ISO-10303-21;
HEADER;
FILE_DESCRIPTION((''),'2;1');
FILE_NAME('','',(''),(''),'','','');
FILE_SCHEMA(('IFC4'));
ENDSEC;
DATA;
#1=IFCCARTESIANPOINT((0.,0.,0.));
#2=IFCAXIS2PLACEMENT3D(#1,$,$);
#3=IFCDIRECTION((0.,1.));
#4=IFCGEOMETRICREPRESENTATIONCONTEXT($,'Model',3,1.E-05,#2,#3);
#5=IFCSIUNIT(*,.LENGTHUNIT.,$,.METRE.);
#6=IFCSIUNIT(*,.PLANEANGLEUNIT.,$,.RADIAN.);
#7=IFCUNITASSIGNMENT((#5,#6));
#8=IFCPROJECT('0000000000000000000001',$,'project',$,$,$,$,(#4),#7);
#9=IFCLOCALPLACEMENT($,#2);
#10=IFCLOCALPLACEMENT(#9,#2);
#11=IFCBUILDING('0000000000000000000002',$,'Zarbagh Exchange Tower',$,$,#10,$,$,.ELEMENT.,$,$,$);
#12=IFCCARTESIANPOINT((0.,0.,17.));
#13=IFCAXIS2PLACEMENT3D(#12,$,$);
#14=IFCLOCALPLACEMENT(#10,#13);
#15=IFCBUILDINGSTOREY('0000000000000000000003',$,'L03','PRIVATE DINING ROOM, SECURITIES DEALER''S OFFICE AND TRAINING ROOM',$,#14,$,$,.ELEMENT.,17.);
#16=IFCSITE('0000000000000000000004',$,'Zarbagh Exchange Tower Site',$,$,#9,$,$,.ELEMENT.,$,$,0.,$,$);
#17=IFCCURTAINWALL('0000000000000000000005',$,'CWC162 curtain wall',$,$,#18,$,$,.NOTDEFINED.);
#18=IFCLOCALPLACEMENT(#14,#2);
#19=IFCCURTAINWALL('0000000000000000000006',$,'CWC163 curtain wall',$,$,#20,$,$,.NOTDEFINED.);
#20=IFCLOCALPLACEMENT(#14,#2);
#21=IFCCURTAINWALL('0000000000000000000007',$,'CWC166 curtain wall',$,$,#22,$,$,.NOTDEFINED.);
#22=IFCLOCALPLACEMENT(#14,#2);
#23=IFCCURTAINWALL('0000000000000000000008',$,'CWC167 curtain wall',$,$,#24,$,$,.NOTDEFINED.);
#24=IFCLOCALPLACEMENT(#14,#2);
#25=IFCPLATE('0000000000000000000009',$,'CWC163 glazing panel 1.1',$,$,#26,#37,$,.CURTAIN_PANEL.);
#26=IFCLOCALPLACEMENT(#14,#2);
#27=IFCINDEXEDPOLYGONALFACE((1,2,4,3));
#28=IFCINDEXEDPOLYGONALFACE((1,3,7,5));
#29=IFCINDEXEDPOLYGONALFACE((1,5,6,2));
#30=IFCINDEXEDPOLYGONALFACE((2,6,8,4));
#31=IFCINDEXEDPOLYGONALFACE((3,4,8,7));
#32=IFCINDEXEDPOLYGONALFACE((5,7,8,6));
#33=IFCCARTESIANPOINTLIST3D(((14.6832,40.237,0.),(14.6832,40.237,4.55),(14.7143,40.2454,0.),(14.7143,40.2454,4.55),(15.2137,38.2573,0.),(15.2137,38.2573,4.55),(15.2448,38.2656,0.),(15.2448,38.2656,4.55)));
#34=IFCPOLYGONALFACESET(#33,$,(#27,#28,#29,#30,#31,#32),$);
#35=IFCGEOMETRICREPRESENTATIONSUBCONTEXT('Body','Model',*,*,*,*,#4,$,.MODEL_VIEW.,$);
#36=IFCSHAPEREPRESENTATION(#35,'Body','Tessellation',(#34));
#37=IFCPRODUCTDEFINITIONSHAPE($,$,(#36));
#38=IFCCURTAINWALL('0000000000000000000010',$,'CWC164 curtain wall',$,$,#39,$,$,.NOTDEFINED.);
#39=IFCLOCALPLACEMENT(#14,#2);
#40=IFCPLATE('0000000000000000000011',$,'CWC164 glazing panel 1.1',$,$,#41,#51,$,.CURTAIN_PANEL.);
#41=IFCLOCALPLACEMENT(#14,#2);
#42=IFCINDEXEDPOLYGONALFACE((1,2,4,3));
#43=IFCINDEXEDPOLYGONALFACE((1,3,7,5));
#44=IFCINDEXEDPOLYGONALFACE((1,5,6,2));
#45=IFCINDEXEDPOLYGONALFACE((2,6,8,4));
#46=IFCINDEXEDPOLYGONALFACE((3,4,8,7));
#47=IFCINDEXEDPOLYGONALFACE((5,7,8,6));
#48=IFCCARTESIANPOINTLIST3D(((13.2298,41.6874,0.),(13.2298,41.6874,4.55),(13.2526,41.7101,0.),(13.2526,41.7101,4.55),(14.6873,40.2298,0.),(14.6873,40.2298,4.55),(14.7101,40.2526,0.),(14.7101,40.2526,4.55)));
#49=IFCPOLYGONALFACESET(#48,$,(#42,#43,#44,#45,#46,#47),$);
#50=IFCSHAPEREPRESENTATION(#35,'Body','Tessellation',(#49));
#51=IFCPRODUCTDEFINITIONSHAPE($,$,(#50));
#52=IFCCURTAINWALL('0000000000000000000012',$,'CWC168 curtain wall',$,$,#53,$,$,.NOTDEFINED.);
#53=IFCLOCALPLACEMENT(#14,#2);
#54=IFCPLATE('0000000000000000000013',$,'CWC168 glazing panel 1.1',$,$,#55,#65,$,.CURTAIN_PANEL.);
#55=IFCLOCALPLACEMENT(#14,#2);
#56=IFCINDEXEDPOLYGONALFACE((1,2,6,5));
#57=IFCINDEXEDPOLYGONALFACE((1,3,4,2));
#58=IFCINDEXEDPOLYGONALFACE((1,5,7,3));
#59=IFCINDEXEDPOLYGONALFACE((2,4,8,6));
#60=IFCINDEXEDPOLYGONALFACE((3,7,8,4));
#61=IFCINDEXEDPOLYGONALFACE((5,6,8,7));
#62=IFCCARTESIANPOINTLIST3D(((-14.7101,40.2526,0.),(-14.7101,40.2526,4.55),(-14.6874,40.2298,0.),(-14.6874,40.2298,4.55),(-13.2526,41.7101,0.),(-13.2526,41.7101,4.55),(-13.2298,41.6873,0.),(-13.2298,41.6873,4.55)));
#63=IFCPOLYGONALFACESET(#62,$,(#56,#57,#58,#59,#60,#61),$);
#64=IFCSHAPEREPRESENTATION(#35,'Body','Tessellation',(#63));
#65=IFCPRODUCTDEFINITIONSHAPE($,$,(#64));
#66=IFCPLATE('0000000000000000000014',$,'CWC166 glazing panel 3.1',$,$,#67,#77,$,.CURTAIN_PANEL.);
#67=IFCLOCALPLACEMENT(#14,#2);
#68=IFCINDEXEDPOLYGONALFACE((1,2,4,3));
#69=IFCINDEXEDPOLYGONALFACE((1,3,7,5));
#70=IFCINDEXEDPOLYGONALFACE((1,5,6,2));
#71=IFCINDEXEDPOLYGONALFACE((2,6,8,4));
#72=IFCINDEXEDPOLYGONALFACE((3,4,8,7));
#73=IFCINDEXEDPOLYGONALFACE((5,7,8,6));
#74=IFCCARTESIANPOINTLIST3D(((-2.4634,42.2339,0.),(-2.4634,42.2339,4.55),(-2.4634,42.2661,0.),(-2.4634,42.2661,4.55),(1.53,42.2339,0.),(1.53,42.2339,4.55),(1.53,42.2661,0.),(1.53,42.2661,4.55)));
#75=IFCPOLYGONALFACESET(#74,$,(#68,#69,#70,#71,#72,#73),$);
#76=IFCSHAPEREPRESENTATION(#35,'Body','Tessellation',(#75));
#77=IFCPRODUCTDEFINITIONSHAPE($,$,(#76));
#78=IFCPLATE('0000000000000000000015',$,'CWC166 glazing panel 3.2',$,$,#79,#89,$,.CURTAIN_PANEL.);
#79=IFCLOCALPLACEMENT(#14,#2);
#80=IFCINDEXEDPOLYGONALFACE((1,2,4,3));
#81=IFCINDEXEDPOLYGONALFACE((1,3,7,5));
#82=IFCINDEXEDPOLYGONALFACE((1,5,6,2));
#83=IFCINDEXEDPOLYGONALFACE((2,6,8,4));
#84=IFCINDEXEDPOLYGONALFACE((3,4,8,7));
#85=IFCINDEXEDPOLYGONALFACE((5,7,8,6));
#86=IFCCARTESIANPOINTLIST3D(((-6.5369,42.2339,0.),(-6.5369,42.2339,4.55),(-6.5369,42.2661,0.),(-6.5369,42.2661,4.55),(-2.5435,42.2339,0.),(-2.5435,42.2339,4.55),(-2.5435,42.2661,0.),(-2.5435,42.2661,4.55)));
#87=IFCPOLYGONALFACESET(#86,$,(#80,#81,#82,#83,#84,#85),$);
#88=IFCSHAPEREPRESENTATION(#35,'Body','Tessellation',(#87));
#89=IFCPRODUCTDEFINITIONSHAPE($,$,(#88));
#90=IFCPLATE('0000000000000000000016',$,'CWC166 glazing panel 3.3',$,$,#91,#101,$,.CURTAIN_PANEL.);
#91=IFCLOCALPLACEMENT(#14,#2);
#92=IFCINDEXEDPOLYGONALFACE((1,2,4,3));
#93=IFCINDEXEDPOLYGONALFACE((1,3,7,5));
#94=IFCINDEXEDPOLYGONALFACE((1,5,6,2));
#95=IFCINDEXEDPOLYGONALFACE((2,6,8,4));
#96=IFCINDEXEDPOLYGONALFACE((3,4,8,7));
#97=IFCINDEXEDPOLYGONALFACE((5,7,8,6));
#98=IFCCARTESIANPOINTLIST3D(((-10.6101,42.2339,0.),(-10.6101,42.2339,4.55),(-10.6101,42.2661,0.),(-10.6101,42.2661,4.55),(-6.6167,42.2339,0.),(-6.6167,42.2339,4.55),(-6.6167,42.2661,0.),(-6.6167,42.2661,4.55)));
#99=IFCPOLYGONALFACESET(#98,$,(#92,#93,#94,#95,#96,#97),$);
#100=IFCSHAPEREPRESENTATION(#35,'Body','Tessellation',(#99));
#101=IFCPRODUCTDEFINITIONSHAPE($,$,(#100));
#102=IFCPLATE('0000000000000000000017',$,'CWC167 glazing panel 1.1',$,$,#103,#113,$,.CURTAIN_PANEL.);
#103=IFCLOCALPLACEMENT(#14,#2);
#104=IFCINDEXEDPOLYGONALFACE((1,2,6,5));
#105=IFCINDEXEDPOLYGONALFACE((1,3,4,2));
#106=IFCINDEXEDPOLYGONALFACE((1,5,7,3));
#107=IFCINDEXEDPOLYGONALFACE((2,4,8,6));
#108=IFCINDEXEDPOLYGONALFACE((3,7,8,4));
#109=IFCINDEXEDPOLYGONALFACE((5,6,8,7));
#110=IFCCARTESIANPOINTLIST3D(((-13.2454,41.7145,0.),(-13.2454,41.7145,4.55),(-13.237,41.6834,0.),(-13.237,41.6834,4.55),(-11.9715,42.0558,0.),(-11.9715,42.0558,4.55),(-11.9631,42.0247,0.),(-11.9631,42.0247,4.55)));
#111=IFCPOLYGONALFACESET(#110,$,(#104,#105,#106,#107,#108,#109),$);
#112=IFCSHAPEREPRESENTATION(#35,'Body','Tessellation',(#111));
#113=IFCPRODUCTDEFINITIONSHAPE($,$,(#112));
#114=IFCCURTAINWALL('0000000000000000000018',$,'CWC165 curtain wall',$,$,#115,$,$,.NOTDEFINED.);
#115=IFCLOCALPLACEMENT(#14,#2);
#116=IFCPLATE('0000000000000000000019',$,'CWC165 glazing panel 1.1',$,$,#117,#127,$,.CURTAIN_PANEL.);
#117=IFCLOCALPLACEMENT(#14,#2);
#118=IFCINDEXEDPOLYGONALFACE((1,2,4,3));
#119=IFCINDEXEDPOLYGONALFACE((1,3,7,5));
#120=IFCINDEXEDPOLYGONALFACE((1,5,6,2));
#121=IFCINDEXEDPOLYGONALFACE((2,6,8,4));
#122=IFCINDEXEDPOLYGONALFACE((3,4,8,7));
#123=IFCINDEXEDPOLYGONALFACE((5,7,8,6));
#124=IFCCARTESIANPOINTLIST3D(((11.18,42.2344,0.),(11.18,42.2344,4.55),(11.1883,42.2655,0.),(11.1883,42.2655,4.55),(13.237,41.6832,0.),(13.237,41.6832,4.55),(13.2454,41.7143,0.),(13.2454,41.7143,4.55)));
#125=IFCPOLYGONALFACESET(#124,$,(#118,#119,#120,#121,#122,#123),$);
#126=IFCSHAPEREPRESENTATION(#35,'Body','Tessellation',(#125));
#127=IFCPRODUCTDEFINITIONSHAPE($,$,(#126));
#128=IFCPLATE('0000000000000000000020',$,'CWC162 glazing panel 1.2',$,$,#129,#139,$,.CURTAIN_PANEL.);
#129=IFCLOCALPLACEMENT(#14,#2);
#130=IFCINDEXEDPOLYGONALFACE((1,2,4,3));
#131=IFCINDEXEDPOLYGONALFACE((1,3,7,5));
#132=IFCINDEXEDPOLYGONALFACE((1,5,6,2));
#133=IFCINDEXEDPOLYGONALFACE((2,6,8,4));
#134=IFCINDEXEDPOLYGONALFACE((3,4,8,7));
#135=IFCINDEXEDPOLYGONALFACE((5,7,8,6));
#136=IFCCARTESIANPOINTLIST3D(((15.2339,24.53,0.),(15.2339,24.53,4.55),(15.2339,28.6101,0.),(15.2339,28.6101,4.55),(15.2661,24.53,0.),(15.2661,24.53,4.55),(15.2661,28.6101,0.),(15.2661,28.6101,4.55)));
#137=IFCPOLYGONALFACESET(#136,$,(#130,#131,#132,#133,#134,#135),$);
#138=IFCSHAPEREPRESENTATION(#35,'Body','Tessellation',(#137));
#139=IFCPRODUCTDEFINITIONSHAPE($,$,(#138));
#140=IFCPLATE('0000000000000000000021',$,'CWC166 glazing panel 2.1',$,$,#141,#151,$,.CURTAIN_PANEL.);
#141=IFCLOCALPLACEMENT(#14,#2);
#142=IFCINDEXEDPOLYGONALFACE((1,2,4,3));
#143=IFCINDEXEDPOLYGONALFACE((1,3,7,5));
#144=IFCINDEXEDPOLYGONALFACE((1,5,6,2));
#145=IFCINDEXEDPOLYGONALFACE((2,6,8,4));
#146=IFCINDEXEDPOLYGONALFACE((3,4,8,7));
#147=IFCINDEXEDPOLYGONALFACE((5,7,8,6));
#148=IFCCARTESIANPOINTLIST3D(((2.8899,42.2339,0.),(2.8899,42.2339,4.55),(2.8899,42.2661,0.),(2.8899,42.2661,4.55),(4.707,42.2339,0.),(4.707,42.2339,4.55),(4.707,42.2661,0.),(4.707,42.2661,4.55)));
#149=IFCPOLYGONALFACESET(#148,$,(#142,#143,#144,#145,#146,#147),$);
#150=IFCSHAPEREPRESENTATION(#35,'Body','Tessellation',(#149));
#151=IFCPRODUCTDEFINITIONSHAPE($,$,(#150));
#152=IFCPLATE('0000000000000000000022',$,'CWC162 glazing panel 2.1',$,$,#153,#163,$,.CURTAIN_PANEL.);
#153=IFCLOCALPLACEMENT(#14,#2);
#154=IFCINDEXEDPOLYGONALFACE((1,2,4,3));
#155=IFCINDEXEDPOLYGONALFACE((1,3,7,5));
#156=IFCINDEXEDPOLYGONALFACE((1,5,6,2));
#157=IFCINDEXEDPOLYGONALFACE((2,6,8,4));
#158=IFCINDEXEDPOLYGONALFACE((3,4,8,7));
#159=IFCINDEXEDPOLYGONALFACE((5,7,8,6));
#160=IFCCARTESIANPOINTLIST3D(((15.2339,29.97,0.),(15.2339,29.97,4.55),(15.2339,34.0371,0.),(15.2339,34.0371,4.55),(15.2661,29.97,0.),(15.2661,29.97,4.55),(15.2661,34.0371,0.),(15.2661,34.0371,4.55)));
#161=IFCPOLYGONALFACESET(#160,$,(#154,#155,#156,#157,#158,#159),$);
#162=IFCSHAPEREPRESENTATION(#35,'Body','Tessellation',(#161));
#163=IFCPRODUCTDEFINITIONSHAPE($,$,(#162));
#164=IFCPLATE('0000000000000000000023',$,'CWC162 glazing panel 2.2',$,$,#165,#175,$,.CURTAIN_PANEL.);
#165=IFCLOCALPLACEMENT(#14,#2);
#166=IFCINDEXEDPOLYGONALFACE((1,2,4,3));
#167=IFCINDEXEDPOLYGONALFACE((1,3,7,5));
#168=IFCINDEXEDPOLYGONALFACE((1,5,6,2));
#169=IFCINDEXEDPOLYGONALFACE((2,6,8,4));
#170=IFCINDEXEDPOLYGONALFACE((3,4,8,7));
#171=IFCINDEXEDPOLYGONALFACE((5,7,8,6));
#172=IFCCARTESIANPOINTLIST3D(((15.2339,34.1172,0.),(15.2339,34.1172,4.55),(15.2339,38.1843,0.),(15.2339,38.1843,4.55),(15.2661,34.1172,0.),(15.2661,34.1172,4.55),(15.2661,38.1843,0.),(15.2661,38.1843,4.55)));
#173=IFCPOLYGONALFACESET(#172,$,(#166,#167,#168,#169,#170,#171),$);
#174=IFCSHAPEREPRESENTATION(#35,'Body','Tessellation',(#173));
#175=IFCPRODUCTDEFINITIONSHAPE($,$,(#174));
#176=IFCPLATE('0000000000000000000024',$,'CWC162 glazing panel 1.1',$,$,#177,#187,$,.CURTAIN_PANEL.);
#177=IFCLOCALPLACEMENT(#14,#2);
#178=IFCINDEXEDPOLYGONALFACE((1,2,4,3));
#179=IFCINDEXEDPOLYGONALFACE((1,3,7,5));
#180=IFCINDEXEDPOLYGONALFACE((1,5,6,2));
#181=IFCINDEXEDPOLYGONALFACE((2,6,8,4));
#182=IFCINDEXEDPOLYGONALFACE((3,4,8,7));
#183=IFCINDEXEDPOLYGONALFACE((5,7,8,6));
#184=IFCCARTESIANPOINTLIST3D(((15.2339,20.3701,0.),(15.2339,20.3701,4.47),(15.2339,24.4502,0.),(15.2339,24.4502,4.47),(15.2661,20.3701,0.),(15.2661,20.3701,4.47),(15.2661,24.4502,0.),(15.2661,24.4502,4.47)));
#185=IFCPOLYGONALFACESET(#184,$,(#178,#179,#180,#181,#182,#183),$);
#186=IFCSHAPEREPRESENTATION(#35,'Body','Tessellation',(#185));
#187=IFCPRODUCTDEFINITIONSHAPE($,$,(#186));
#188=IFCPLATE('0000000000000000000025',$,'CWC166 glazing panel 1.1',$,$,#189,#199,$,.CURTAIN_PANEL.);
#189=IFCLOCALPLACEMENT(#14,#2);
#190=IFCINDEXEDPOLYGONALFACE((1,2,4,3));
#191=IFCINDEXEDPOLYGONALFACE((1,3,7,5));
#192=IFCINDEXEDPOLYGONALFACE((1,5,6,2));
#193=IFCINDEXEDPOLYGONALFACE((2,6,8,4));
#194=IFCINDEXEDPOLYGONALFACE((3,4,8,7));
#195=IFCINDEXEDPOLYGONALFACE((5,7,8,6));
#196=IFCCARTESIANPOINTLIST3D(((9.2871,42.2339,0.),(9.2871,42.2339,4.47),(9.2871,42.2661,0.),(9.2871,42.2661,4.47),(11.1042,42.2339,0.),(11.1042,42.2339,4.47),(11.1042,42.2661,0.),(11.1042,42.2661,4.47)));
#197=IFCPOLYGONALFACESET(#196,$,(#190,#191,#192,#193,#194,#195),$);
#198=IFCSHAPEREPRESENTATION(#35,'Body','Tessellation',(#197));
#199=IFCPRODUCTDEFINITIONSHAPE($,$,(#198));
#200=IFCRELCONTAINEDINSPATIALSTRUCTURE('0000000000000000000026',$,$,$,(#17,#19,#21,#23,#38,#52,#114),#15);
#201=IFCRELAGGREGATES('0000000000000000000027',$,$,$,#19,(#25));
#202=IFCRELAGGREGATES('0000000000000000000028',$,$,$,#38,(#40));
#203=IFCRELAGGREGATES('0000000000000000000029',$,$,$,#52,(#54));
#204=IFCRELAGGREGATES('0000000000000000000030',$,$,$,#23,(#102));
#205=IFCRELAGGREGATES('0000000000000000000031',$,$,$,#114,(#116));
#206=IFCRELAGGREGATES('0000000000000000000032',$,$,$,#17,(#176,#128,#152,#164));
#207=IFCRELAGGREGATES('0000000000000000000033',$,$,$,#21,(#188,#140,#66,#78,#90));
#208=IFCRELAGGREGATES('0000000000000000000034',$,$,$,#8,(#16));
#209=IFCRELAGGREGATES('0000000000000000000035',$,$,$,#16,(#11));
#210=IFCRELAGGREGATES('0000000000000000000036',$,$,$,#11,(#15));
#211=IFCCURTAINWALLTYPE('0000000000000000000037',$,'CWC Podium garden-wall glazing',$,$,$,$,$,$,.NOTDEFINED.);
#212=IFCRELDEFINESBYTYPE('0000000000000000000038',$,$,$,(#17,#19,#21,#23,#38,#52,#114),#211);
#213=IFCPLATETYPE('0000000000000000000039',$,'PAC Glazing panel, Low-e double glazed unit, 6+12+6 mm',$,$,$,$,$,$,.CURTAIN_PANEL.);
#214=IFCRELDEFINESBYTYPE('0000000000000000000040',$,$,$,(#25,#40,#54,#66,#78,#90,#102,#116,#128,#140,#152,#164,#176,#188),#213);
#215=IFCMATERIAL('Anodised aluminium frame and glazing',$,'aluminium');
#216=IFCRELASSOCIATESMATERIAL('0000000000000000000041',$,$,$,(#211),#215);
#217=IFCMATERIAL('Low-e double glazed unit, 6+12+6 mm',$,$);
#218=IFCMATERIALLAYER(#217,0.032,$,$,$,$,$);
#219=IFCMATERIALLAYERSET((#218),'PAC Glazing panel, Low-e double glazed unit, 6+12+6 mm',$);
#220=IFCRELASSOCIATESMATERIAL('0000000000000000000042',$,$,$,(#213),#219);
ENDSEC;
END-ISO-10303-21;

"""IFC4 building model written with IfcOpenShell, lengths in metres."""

from ifc_helpers import new_model, si_unit, direction, frame, origin, place, context, subcontext, project, spatial, polyline, outline, extrude, source, transform, mapped, material, layer, layer_set, type_object, element, aggregate, save


model = new_model("IFC4")

# Units and contexts
model_context = context("Model", 3, precision=1e-05, world=origin(), true_north=direction((0.0, 1.0)))
body_context = subcontext(model_context, "Body", "Model", "MODEL_VIEW")
ifc_project = project(units=[si_unit("LENGTHUNIT", "METRE"), si_unit("PLANEANGLEUNIT", "RADIAN")], contexts=[model_context])

# Site, building, storey
site_placement = place(None, origin())
site = spatial("IfcSite", under=ifc_project, at=site_placement, Name="Zarbagh Exchange Tower Site", CompositionType="ELEMENT", RefElevation=0.0)
building_placement = place(site_placement, origin())
building = spatial("IfcBuilding", under=site, at=building_placement, Name="Zarbagh Exchange Tower", CompositionType="ELEMENT")
storey_placement = place(building_placement, frame((0.0, 0.0, 17.0)))
storey = spatial("IfcBuildingStorey", under=building, at=storey_placement, Name="L03", Description="PRIVATE DINING ROOM, SECURITIES DEALER'S OFFICE AND TRAINING ROOM", CompositionType="ELEMENT", Elevation=17.0)

# Curtain wall
ifc_material_1 = material(Name="Anodised aluminium frame and glazing", Category="aluminium")
curtain_wall_type = type_object("IfcCurtainWallType", Name="CWC Podium garden-wall glazing", PredefinedType="NOTDEFINED", material=ifc_material_1)
curtain_wall_1_placement = place(storey_placement, origin())
curtain_wall_1 = element("IfcCurtainWall", 1, at=curtain_wall_1_placement, inside=storey, type_object=curtain_wall_type, Name="CWC162 curtain wall", PredefinedType="NOTDEFINED")
placement = place(storey_placement, origin())

# Curtain wall
curtain_wall_2_placement = place(storey_placement, origin())
curtain_wall_2 = element("IfcCurtainWall", 2, at=curtain_wall_2_placement, inside=storey, type_object=curtain_wall_type, Name="CWC163 curtain wall", PredefinedType="NOTDEFINED")

# Curtain wall
curtain_wall_3_placement = place(storey_placement, origin())
curtain_wall_3 = element("IfcCurtainWall", 3, at=curtain_wall_3_placement, inside=storey, type_object=curtain_wall_type, Name="CWC166 curtain wall", PredefinedType="NOTDEFINED")

# Curtain wall
curtain_wall_4_placement = place(storey_placement, origin())
curtain_wall_4 = element("IfcCurtainWall", 4, at=curtain_wall_4_placement, inside=storey, type_object=curtain_wall_type, Name="CWC167 curtain wall", PredefinedType="NOTDEFINED")

# Plate
ifc_material_2 = material(Name="Low-e double glazed unit, 6+12+6 mm")
ifc_layer_1 = layer(ifc_material_2, 0.032)
ifc_layer_set_1 = layer_set([ifc_layer_1], Name="PAC Glazing panel, Low-e double glazed unit, 6+12+6 mm")
plate_type = type_object("IfcPlateType", Name="PAC Glazing panel, Low-e double glazed unit, 6+12+6 mm", PredefinedType="CURTAIN_PANEL", material=ifc_layer_set_1)
shared_shape_1 = source(origin(), body_context, "Body", "SweptSolid", [
    extrude(outline(polyline([(0.0, -0.0161), (2.0496, -0.0161), (2.0496, 0.0161), (0.0, 0.0161), (0.0, -0.0161)])), origin(), (0.0, 0.0, 1.0), 4.55),
])
plate_1 = element("IfcPlate", 5, at=placement, type_object=plate_type, Name="CWC163 glazing panel 1.1", PredefinedType="CURTAIN_PANEL", context=body_context, shape_type="MappedRepresentation", body=[
    mapped(shared_shape_1, transform((15.2292, 38.2615, 0.0), x_axis=(-0.258825, 0.965924, 0.0), y_axis=(-0.965924, -0.258825, 0.0), z_axis=(0.0, 0.0, 1.0))),
])
aggregate(curtain_wall_2, [plate_1])

# Curtain walls, plates
curtain_wall_5_placement = place(storey_placement, origin())
curtain_wall_5 = element("IfcCurtainWall", 6, at=curtain_wall_5_placement, inside=storey, type_object=curtain_wall_type, Name="CWC164 curtain wall", PredefinedType="NOTDEFINED")
shared_shape_2 = source(origin(), body_context, "Body", "SweptSolid", [
    extrude(outline(polyline([(0.0, -0.0161), (2.0613, -0.0161), (2.0613, 0.0161), (0.0, 0.0161), (0.0, -0.0161)])), origin(), (0.0, 0.0, 1.0), 4.55),
])
plate_2 = element("IfcPlate", 7, at=placement, type_object=plate_type, Name="CWC164 glazing panel 1.1", PredefinedType="CURTAIN_PANEL", context=body_context, shape_type="MappedRepresentation", body=[
    mapped(shared_shape_2, transform((14.6987, 40.2412, 0.0), x_axis=(-0.707107, 0.707107, 0.0), y_axis=(-0.707107, -0.707107, 0.0), z_axis=(0.0, 0.0, 1.0))),
])
aggregate(curtain_wall_5, [plate_2])
curtain_wall_6_placement = place(storey_placement, origin())
curtain_wall_6 = element("IfcCurtainWall", 8, at=curtain_wall_6_placement, inside=storey, type_object=curtain_wall_type, Name="CWC168 curtain wall", PredefinedType="NOTDEFINED")
plate_3 = element("IfcPlate", 9, at=placement, type_object=plate_type, Name="CWC168 glazing panel 1.1", PredefinedType="CURTAIN_PANEL", context=body_context, shape_type="MappedRepresentation", body=[
    mapped(shared_shape_2, transform((-13.2412, 41.6987, 0.0), x_axis=(-0.707107, -0.707107, 0.0), y_axis=(0.707107, -0.707107, 0.0), z_axis=(0.0, 0.0, 1.0))),
])
aggregate(curtain_wall_6, [plate_3])

# Plates
shared_shape_3 = source(origin(), body_context, "Body", "SweptSolid", [
    extrude(outline(polyline([(0.0, -0.0161), (3.9934, -0.0161), (3.9934, 0.0161), (0.0, 0.0161), (0.0, -0.0161)])), origin(), (0.0, 0.0, 1.0), 4.55),
])
plate_4 = element("IfcPlate", 10, at=placement, type_object=plate_type, Name="CWC166 glazing panel 3.1", PredefinedType="CURTAIN_PANEL", context=body_context, shape_type="MappedRepresentation", body=[
    mapped(shared_shape_3, transform((1.53, 42.25, 0.0), x_axis=(-1.0, 0.0, 0.0), y_axis=(0.0, -1.0, 0.0), z_axis=(0.0, 0.0, 1.0))),
])
plate_5 = element("IfcPlate", 11, at=placement, type_object=plate_type, Name="CWC166 glazing panel 3.2", PredefinedType="CURTAIN_PANEL", context=body_context, shape_type="MappedRepresentation", body=[
    mapped(shared_shape_3, transform((-2.5435, 42.25, 0.0), x_axis=(-1.0, 0.0, 0.0), y_axis=(0.0, -1.0, 0.0), z_axis=(0.0, 0.0, 1.0))),
])
plate_6 = element("IfcPlate", 12, at=placement, type_object=plate_type, Name="CWC166 glazing panel 3.3", PredefinedType="CURTAIN_PANEL", context=body_context, shape_type="MappedRepresentation", body=[
    mapped(shared_shape_3, transform((-6.6167, 42.25, 0.0), x_axis=(-1.0, 0.0, 0.0), y_axis=(0.0, -1.0, 0.0), z_axis=(0.0, 0.0, 1.0))),
])
shared_shape_4 = source(origin(), body_context, "Body", "SweptSolid", [
    extrude(outline(polyline([(0.0, -0.0161), (1.3188, -0.0161), (1.3188, 0.0161), (0.0, 0.0161), (0.0, -0.0161)])), origin(), (0.0, 0.0, 1.0), 4.55),
])
plate_7 = element("IfcPlate", 13, at=placement, type_object=plate_type, Name="CWC167 glazing panel 1.1", PredefinedType="CURTAIN_PANEL", context=body_context, shape_type="MappedRepresentation", body=[
    mapped(shared_shape_4, transform((-11.9673, 42.0403, 0.0), x_axis=(-0.965924, -0.258825, 0.0), y_axis=(0.258825, -0.965924, 0.0), z_axis=(0.0, 0.0, 1.0))),
])
aggregate(curtain_wall_4, [plate_7])

# Curtain wall, plate
curtain_wall_7_placement = place(storey_placement, origin())
curtain_wall_7 = element("IfcCurtainWall", 14, at=curtain_wall_7_placement, inside=storey, type_object=curtain_wall_type, Name="CWC165 curtain wall", PredefinedType="NOTDEFINED")
shared_shape_5 = source(origin(), body_context, "Body", "SweptSolid", [
    extrude(outline(polyline([(0.0, -0.0161), (2.1296, -0.0161), (2.1296, 0.0161), (0.0, 0.0161), (0.0, -0.0161)])), origin(), (0.0, 0.0, 1.0), 4.55),
])
plate_8 = element("IfcPlate", 15, at=placement, type_object=plate_type, Name="CWC165 glazing panel 1.1", PredefinedType="CURTAIN_PANEL", context=body_context, shape_type="MappedRepresentation", body=[
    mapped(shared_shape_5, transform((13.2412, 41.6987, 0.0), x_axis=(-0.965924, 0.258825, 0.0), y_axis=(-0.258825, -0.965924, 0.0), z_axis=(0.0, 0.0, 1.0))),
])
aggregate(curtain_wall_7, [plate_8])

# Plates
shared_shape_6 = source(origin(), body_context, "Body", "SweptSolid", [
    extrude(outline(polyline([(0.0, -0.0161), (4.0801, -0.0161), (4.0801, 0.0161), (0.0, 0.0161), (0.0, -0.0161)])), origin(), (0.0, 0.0, 1.0), 4.55),
])
plate_9 = element("IfcPlate", 16, at=placement, type_object=plate_type, Name="CWC162 glazing panel 1.2", PredefinedType="CURTAIN_PANEL", context=body_context, shape_type="MappedRepresentation", body=[
    mapped(shared_shape_6, transform((15.25, 24.53, 0.0), x_axis=(0.0, 1.0, 0.0), y_axis=(-1.0, 0.0, 0.0), z_axis=(0.0, 0.0, 1.0))),
])
shared_shape_7 = source(origin(), body_context, "Body", "SweptSolid", [
    extrude(outline(polyline([(0.0, -0.0161), (1.8171, -0.0161), (1.8171, 0.0161), (0.0, 0.0161), (0.0, -0.0161)])), origin(), (0.0, 0.0, 1.0), 4.55),
])
plate_10 = element("IfcPlate", 17, at=placement, type_object=plate_type, Name="CWC166 glazing panel 2.1", PredefinedType="CURTAIN_PANEL", context=body_context, shape_type="MappedRepresentation", body=[
    mapped(shared_shape_7, transform((4.707, 42.25, 0.0), x_axis=(-1.0, 0.0, 0.0), y_axis=(0.0, -1.0, 0.0), z_axis=(0.0, 0.0, 1.0))),
])
shared_shape_8 = source(origin(), body_context, "Body", "SweptSolid", [
    extrude(outline(polyline([(0.0, -0.0161), (4.0671, -0.0161), (4.0671, 0.0161), (0.0, 0.0161), (0.0, -0.0161)])), origin(), (0.0, 0.0, 1.0), 4.55),
])
plate_11 = element("IfcPlate", 18, at=placement, type_object=plate_type, Name="CWC162 glazing panel 2.1", PredefinedType="CURTAIN_PANEL", context=body_context, shape_type="MappedRepresentation", body=[
    mapped(shared_shape_8, transform((15.25, 29.97, 0.0), x_axis=(0.0, 1.0, 0.0), y_axis=(-1.0, 0.0, 0.0), z_axis=(0.0, 0.0, 1.0))),
])
plate_12 = element("IfcPlate", 19, at=placement, type_object=plate_type, Name="CWC162 glazing panel 2.2", PredefinedType="CURTAIN_PANEL", context=body_context, shape_type="MappedRepresentation", body=[
    mapped(shared_shape_8, transform((15.25, 34.1172, 0.0), x_axis=(0.0, 1.0, 0.0), y_axis=(-1.0, 0.0, 0.0), z_axis=(0.0, 0.0, 1.0))),
])
shared_shape_9 = source(origin(), body_context, "Body", "SweptSolid", [
    extrude(outline(polyline([(0.0, -0.0161), (4.0801, -0.0161), (4.0801, 0.0161), (0.0, 0.0161), (0.0, -0.0161)])), origin(), (0.0, 0.0, 1.0), 4.47),
])
plate_13 = element("IfcPlate", 20, at=placement, type_object=plate_type, Name="CWC162 glazing panel 1.1", PredefinedType="CURTAIN_PANEL", context=body_context, shape_type="MappedRepresentation", body=[
    mapped(shared_shape_9, transform((15.25, 20.3701, 0.0), x_axis=(0.0, 1.0, 0.0), y_axis=(-1.0, 0.0, 0.0), z_axis=(0.0, 0.0, 1.0))),
])
aggregate(curtain_wall_1, [plate_13, plate_9, plate_11, plate_12])
shared_shape_10 = source(origin(), body_context, "Body", "SweptSolid", [
    extrude(outline(polyline([(0.0, -0.0161), (1.8171, -0.0161), (1.8171, 0.0161), (0.0, 0.0161), (0.0, -0.0161)])), origin(), (0.0, 0.0, 1.0), 4.47),
])
plate_14 = element("IfcPlate", 21, at=placement, type_object=plate_type, Name="CWC166 glazing panel 1.1", PredefinedType="CURTAIN_PANEL", context=body_context, shape_type="MappedRepresentation", body=[
    mapped(shared_shape_10, transform((11.1042, 42.25, 0.0), x_axis=(-1.0, 0.0, 0.0), y_axis=(0.0, -1.0, 0.0), z_axis=(0.0, 0.0, 1.0))),
])
aggregate(curtain_wall_3, [plate_14, plate_10, plate_4, plate_5, plate_6])

save(model, "model.ifc")
